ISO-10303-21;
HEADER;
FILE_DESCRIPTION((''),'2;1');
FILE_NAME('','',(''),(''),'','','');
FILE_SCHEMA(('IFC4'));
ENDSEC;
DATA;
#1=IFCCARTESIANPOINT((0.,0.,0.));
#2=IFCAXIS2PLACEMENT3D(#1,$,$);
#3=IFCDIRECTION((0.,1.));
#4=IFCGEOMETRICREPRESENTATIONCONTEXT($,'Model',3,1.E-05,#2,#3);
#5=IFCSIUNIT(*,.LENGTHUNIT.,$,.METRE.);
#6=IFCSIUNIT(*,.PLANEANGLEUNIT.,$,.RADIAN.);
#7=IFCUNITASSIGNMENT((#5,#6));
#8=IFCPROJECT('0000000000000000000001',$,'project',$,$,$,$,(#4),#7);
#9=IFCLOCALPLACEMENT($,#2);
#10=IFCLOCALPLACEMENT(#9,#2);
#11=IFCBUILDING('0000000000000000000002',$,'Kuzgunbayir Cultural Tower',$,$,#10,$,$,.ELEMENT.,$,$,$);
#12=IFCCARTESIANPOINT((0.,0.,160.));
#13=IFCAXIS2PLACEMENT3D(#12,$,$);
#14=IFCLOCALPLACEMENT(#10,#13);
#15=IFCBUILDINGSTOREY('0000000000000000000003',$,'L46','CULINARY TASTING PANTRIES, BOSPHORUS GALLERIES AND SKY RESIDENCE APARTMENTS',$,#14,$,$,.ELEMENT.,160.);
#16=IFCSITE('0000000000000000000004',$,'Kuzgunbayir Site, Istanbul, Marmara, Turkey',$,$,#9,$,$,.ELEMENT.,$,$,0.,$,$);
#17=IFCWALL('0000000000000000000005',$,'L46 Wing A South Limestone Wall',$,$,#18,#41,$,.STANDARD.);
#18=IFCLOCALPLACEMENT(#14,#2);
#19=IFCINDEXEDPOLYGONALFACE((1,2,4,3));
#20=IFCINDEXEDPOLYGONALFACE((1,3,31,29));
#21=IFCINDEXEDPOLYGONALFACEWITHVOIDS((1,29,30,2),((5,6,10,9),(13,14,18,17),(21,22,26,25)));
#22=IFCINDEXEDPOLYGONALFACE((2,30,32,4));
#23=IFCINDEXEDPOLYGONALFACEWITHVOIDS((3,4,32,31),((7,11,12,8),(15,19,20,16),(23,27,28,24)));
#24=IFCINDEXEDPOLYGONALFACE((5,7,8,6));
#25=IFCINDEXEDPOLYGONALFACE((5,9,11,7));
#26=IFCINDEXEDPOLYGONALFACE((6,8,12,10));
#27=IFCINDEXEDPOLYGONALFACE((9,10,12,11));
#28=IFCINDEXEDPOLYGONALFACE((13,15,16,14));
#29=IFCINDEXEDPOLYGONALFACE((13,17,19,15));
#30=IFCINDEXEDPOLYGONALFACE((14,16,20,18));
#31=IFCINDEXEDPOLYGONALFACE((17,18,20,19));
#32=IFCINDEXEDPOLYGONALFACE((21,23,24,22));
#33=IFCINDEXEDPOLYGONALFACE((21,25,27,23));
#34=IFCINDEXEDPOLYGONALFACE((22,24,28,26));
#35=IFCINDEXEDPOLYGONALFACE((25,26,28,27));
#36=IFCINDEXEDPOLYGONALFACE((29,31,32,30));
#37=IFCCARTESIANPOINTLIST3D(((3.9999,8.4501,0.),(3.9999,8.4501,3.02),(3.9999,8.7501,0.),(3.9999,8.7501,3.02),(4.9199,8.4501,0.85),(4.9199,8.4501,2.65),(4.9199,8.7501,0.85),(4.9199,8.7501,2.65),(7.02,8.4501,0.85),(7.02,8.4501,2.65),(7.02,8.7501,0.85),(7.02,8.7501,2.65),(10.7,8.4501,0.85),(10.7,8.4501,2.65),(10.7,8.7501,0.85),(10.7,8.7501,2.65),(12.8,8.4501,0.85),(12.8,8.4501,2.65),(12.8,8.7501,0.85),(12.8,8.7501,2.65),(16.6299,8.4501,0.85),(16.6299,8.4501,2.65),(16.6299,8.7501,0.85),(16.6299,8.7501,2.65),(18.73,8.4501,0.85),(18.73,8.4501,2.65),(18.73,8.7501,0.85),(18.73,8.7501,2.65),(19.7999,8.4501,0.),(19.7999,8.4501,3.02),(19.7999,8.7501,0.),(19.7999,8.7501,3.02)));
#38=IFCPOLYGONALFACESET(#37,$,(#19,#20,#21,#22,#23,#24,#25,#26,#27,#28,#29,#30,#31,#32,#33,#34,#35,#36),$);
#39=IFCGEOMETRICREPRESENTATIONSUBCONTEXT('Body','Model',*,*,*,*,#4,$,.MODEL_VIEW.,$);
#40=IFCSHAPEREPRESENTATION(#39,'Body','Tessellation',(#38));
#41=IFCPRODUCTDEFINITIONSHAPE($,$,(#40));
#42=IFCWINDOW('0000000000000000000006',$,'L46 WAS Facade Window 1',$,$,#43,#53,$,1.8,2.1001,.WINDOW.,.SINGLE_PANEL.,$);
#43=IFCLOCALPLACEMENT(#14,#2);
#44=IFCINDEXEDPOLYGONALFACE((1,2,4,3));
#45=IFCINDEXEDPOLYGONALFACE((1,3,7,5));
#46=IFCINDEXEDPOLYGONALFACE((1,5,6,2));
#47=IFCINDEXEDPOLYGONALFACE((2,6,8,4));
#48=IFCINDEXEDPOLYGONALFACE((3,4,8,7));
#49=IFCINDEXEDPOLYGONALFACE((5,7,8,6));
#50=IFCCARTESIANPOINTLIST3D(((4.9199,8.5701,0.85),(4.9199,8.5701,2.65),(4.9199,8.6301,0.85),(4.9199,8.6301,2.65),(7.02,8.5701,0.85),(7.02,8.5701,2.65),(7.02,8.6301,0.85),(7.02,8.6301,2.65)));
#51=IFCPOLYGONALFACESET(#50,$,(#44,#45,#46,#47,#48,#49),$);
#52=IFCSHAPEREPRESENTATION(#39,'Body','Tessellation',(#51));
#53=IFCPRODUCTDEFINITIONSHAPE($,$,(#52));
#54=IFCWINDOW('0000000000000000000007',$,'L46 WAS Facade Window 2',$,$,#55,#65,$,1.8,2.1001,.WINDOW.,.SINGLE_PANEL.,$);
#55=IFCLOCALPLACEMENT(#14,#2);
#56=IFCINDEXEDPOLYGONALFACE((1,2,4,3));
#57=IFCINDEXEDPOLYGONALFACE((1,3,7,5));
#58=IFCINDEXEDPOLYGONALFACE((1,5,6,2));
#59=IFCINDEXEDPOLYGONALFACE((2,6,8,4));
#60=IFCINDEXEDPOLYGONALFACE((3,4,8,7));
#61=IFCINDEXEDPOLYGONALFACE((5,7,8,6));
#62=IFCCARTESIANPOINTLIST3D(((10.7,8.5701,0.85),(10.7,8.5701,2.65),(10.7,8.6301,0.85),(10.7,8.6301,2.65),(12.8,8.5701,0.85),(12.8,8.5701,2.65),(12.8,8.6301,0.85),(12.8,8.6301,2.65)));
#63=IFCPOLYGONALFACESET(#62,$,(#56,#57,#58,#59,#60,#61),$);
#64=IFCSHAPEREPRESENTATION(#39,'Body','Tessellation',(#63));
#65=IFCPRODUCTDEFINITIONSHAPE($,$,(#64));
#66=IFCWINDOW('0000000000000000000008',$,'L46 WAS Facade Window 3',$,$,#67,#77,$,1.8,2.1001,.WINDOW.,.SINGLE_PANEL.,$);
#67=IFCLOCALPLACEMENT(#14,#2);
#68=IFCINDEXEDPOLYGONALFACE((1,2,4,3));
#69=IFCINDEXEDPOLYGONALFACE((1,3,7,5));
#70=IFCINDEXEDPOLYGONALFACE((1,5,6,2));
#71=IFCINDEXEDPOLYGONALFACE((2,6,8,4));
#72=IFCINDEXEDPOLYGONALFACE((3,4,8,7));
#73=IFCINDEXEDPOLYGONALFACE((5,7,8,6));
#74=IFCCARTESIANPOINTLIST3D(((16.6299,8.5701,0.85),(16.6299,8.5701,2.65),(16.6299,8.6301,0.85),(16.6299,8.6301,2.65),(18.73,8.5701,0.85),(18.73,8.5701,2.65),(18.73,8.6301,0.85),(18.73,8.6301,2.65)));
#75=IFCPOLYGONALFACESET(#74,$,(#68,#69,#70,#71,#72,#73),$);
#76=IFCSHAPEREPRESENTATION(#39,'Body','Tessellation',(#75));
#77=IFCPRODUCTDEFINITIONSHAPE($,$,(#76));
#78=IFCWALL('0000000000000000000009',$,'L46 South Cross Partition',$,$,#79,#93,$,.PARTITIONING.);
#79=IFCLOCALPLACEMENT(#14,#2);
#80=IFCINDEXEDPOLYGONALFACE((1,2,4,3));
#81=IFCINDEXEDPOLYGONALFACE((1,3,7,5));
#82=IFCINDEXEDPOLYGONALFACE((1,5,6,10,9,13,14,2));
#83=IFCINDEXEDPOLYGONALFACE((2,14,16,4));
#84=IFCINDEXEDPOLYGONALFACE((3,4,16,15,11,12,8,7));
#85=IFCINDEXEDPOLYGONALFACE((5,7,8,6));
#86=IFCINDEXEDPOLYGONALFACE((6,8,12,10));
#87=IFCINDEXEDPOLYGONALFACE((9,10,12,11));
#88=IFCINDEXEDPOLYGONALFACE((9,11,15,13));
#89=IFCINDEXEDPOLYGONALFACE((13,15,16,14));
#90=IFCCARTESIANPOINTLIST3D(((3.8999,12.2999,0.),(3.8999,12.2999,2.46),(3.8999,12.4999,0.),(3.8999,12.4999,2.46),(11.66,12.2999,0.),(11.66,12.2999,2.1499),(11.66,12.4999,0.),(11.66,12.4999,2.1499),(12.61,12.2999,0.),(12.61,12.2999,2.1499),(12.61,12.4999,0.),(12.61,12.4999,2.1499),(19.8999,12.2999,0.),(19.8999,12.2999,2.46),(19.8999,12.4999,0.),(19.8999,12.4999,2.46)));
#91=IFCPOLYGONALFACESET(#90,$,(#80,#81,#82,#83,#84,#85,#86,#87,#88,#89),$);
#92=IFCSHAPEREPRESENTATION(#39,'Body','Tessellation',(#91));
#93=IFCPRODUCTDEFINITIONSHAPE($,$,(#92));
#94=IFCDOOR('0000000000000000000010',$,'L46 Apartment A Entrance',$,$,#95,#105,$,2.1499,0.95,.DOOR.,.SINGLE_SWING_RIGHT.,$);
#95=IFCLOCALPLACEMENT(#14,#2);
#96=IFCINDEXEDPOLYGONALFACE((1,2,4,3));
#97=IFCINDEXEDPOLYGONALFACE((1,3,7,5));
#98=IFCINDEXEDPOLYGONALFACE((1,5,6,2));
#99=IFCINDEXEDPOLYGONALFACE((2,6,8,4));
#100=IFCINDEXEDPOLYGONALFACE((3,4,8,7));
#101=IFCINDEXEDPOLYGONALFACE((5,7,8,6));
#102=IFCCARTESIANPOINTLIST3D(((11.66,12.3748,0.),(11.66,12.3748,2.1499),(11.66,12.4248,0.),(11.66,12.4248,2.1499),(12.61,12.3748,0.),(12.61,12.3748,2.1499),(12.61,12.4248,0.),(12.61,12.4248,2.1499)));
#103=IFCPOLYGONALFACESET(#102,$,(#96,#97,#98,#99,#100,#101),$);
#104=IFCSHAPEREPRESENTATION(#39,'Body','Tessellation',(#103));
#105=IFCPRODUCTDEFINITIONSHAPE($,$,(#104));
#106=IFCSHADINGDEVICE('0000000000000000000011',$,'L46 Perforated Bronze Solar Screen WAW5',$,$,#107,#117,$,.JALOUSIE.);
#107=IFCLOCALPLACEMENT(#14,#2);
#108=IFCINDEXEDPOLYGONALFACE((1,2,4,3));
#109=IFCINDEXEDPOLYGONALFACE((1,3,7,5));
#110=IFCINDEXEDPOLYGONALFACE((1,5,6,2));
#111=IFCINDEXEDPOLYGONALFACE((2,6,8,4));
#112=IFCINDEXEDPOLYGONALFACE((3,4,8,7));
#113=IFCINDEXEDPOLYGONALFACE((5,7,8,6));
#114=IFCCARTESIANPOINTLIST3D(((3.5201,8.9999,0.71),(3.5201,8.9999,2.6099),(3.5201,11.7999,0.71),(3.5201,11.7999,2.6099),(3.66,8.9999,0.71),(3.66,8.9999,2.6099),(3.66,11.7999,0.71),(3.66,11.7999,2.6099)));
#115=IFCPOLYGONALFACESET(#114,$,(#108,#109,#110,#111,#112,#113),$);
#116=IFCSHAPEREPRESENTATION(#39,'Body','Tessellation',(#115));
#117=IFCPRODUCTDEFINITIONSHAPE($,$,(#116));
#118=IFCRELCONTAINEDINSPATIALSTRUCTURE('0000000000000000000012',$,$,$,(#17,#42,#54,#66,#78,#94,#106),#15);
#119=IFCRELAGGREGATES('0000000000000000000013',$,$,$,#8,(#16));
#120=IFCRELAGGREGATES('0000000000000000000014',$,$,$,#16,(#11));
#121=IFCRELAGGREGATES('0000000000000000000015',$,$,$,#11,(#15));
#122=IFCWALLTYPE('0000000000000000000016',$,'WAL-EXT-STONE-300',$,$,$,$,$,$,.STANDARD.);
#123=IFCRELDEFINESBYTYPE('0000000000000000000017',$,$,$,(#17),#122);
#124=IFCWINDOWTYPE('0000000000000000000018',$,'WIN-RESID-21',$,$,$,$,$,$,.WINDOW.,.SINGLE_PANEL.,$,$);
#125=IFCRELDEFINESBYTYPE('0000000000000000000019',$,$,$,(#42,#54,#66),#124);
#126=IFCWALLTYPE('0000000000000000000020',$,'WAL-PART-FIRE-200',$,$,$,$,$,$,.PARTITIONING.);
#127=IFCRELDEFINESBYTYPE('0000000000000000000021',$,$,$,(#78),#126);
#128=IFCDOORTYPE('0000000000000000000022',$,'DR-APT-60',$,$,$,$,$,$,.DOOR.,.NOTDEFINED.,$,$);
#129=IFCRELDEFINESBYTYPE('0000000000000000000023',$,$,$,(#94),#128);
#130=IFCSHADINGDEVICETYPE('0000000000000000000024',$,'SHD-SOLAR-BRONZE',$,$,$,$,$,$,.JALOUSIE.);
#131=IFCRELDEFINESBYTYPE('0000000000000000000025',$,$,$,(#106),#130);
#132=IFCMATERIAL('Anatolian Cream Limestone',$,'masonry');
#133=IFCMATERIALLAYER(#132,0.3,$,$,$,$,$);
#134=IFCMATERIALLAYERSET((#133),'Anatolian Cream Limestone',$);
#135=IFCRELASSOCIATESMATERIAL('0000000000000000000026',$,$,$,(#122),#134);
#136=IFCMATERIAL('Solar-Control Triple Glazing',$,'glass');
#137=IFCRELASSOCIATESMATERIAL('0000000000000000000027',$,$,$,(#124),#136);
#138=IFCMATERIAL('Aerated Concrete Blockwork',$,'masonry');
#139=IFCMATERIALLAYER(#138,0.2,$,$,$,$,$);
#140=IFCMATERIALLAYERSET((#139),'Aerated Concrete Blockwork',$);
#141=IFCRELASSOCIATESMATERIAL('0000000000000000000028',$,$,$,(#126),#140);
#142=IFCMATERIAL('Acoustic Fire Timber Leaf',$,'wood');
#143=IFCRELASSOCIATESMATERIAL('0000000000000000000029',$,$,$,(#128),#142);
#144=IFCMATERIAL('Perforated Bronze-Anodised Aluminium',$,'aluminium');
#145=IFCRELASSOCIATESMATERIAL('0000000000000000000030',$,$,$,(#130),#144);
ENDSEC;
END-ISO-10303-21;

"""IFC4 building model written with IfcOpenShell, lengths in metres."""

from ifc_helpers import new_model, si_unit, direction, frame, frame_2d, origin, origin_2d, place, context, subcontext, project, spatial, rectangle, extrude, material, layer, layer_set, type_object, element, fill, save


model = new_model("IFC4")

# Units and contexts
model_context = context("Model", 3, precision=1e-05, world=origin(), true_north=direction((0.0, 1.0)))
body_context = subcontext(model_context, "Body", "Model", "MODEL_VIEW")
ifc_project = project(units=[si_unit("LENGTHUNIT", "METRE"), si_unit("PLANEANGLEUNIT", "RADIAN")], contexts=[model_context])

# Site, building, storey
site_placement = place(None, origin())
site = spatial("IfcSite", under=ifc_project, at=site_placement, Name="Kuzgunbayir Site, Istanbul, Marmara, Turkey", CompositionType="ELEMENT", RefElevation=0.0)
building_placement = place(site_placement, origin())
building = spatial("IfcBuilding", under=site, at=building_placement, Name="Kuzgunbayir Cultural Tower", CompositionType="ELEMENT")
storey_placement = place(building_placement, frame((0.0, 0.0, 160.0)))
storey = spatial("IfcBuildingStorey", under=building, at=storey_placement, Name="L46", Description="CULINARY TASTING PANTRIES, BOSPHORUS GALLERIES AND SKY RESIDENCE APARTMENTS", CompositionType="ELEMENT", Elevation=160.0)

# Wall, openings, windows
ifc_material_1 = material(Name="Anatolian Cream Limestone", Category="masonry")
ifc_layer_1 = layer(ifc_material_1, 0.3)
ifc_layer_set_1 = layer_set([ifc_layer_1], Name="Anatolian Cream Limestone")
wall_type_1 = type_object("IfcWallType", Name="WAL-EXT-STONE-300", PredefinedType="STANDARD", material=ifc_layer_set_1)
wall_1_placement = place(storey_placement, frame((4.0, 8.6001, 0.0), z_axis=(0.0, 0.0, 1.0), x_axis=(1.0, 0.0, 0.0)))
wall_1 = element("IfcWall", 1, at=wall_1_placement, inside=storey, type_object=wall_type_1, Name="L46 Wing A South Limestone Wall", PredefinedType="STANDARD", context=body_context, shape_type="SweptSolid", body=[
    extrude(rectangle(XDim=15.8, YDim=0.3, at=frame_2d((7.8999, 0.0))), origin(), (0.0, 0.0, 1.0), 3.02),
])
opening_1_placement = place(wall_1_placement, frame((0.9199, 0.0, 0.8501)))
opening_1 = element("IfcOpeningElement", 2, at=opening_1_placement, cuts=wall_1, PredefinedType="OPENING", context=body_context, shape_type="SweptSolid", body=[
    extrude(rectangle(XDim=2.1001, YDim=1.8, at=frame_2d((1.05, 0.8999))), frame((0.0, 0.1602, 0.0), z_axis=(0.0, -1.0, 0.0), x_axis=(1.0, 0.0, 0.0)), (0.0, 0.0, 1.0), 0.3201),
])
opening_2_placement = place(wall_1_placement, frame((6.7, 0.0, 0.8501)))
opening_2 = element("IfcOpeningElement", 3, at=opening_2_placement, cuts=wall_1, PredefinedType="OPENING", context=body_context, shape_type="SweptSolid", body=[
    extrude(rectangle(XDim=2.1001, YDim=1.8, at=frame_2d((1.05, 0.8999))), frame((0.0, 0.1602, 0.0), z_axis=(0.0, -1.0, 0.0), x_axis=(1.0, 0.0, 0.0)), (0.0, 0.0, 1.0), 0.3201),
])
opening_3_placement = place(wall_1_placement, frame((12.6299, 0.0, 0.8501)))
opening_3 = element("IfcOpeningElement", 4, at=opening_3_placement, cuts=wall_1, PredefinedType="OPENING", context=body_context, shape_type="SweptSolid", body=[
    extrude(rectangle(XDim=2.1001, YDim=1.8, at=frame_2d((1.05, 0.8999))), frame((0.0, 0.1602, 0.0), z_axis=(0.0, -1.0, 0.0), x_axis=(1.0, 0.0, 0.0)), (0.0, 0.0, 1.0), 0.3201),
])
ifc_material_2 = material(Name="Solar-Control Triple Glazing", Category="glass")
window_type = type_object("IfcWindowType", Name="WIN-RESID-21", PartitioningType="SINGLE_PANEL", PredefinedType="WINDOW", material=ifc_material_2)
window_1_placement = place(opening_1_placement, origin())
window_1 = element("IfcWindow", 5, at=window_1_placement, inside=storey, type_object=window_type, Name="L46 WAS Facade Window 1", OverallHeight=1.8, OverallWidth=2.1001, PartitioningType="SINGLE_PANEL", PredefinedType="WINDOW", context=body_context, shape_type="SweptSolid", body=[
    extrude(rectangle(XDim=2.1001, YDim=1.8, at=frame_2d((1.05, 0.8999))), frame((0.0, 0.03, 0.0), z_axis=(0.0, -1.0, 0.0), x_axis=(1.0, 0.0, 0.0)), (0.0, 0.0, 1.0), 0.0601),
])
fill(opening_1, window_1)
window_2_placement = place(opening_2_placement, origin())
window_2 = element("IfcWindow", 6, at=window_2_placement, inside=storey, type_object=window_type, Name="L46 WAS Facade Window 2", OverallHeight=1.8, OverallWidth=2.1001, PartitioningType="SINGLE_PANEL", PredefinedType="WINDOW", context=body_context, shape_type="SweptSolid", body=[
    extrude(rectangle(XDim=2.1001, YDim=1.8, at=frame_2d((1.05, 0.8999))), frame((0.0, 0.03, 0.0), z_axis=(0.0, -1.0, 0.0), x_axis=(1.0, 0.0, 0.0)), (0.0, 0.0, 1.0), 0.0601),
])
fill(opening_2, window_2)
window_3_placement = place(opening_3_placement, origin())
window_3 = element("IfcWindow", 7, at=window_3_placement, inside=storey, type_object=window_type, Name="L46 WAS Facade Window 3", OverallHeight=1.8, OverallWidth=2.1001, PartitioningType="SINGLE_PANEL", PredefinedType="WINDOW", context=body_context, shape_type="SweptSolid", body=[
    extrude(rectangle(XDim=2.1001, YDim=1.8, at=frame_2d((1.05, 0.8999))), frame((0.0, 0.03, 0.0), z_axis=(0.0, -1.0, 0.0), x_axis=(1.0, 0.0, 0.0)), (0.0, 0.0, 1.0), 0.0601),
])
fill(opening_3, window_3)

# Shared definitions
ifc_material_3 = material(Name="Aerated Concrete Blockwork", Category="masonry")
ifc_layer_2 = layer(ifc_material_3, 0.2)
ifc_layer_set_2 = layer_set([ifc_layer_2], Name="Aerated Concrete Blockwork")
wall_type_2 = type_object("IfcWallType", Name="WAL-PART-FIRE-200", PredefinedType="PARTITIONING", material=ifc_layer_set_2)

# Wall, opening, door
wall_2_placement = place(storey_placement, frame((3.8999, 12.3999, 0.0), z_axis=(0.0, 0.0, 1.0), x_axis=(1.0, 0.0, 0.0)))
wall_2 = element("IfcWall", 8, at=wall_2_placement, inside=storey, type_object=wall_type_2, Name="L46 South Cross Partition", PredefinedType="PARTITIONING", context=body_context, shape_type="SweptSolid", body=[
    extrude(rectangle(XDim=16.0, YDim=0.2, at=frame_2d((8.0, 0.0))), origin(), (0.0, 0.0, 1.0), 2.46),
])
opening_4_placement = place(wall_2_placement, frame((7.76, 0.0, 0.0)))
opening_4 = element("IfcOpeningElement", 9, at=opening_4_placement, cuts=wall_2, PredefinedType="OPENING", context=body_context, shape_type="SweptSolid", body=[
    extrude(rectangle(XDim=0.95, YDim=2.1499, at=frame_2d((0.4751, 1.075))), frame((0.0, 0.1099, 0.0), z_axis=(0.0, -1.0, 0.0), x_axis=(1.0, 0.0, 0.0)), (0.0, 0.0, 1.0), 0.22),
])
ifc_material_4 = material(Name="Acoustic Fire Timber Leaf", Category="wood")
door_type_1 = type_object("IfcDoorType", Name="DR-APT-60", OperationType="NOTDEFINED", PredefinedType="DOOR", material=ifc_material_4)
door_1_placement = place(opening_4_placement, origin())
door_1 = element("IfcDoor", 10, at=door_1_placement, inside=storey, type_object=door_type_1, Name="L46 Apartment A Entrance", OperationType="SINGLE_SWING_RIGHT", OverallHeight=2.1499, OverallWidth=0.95, PredefinedType="DOOR", context=body_context, shape_type="SweptSolid", body=[
    extrude(rectangle(XDim=0.95, YDim=2.1499, at=frame_2d((0.4751, 1.075))), frame((0.0, 0.0249, 0.0), z_axis=(0.0, -1.0, 0.0), x_axis=(1.0, 0.0, 0.0)), (0.0, 0.0, 1.0), 0.05),
])
fill(opening_4, door_1)

# Shading device
ifc_material_5 = material(Name="Perforated Bronze-Anodised Aluminium", Category="aluminium")
shading_device_type = type_object("IfcShadingDeviceType", Name="SHD-SOLAR-BRONZE", PredefinedType="JALOUSIE", material=ifc_material_5)
shading_device_placement = place(storey_placement, frame((3.5901, 10.3999, 0.71), z_axis=(0.0, 0.0, 1.0), x_axis=(1.0, 0.0, 0.0)))
element("IfcShadingDevice", 11, at=shading_device_placement, inside=storey, type_object=shading_device_type, Name="L46 Perforated Bronze Solar Screen WAW5", PredefinedType="JALOUSIE", context=body_context, shape_type="SweptSolid", body=[
    extrude(rectangle(XDim=0.1399, YDim=2.8, at=origin_2d()), origin(), (0.0, 0.0, 1.0), 1.8999),
])

save(model, "model.ifc")
